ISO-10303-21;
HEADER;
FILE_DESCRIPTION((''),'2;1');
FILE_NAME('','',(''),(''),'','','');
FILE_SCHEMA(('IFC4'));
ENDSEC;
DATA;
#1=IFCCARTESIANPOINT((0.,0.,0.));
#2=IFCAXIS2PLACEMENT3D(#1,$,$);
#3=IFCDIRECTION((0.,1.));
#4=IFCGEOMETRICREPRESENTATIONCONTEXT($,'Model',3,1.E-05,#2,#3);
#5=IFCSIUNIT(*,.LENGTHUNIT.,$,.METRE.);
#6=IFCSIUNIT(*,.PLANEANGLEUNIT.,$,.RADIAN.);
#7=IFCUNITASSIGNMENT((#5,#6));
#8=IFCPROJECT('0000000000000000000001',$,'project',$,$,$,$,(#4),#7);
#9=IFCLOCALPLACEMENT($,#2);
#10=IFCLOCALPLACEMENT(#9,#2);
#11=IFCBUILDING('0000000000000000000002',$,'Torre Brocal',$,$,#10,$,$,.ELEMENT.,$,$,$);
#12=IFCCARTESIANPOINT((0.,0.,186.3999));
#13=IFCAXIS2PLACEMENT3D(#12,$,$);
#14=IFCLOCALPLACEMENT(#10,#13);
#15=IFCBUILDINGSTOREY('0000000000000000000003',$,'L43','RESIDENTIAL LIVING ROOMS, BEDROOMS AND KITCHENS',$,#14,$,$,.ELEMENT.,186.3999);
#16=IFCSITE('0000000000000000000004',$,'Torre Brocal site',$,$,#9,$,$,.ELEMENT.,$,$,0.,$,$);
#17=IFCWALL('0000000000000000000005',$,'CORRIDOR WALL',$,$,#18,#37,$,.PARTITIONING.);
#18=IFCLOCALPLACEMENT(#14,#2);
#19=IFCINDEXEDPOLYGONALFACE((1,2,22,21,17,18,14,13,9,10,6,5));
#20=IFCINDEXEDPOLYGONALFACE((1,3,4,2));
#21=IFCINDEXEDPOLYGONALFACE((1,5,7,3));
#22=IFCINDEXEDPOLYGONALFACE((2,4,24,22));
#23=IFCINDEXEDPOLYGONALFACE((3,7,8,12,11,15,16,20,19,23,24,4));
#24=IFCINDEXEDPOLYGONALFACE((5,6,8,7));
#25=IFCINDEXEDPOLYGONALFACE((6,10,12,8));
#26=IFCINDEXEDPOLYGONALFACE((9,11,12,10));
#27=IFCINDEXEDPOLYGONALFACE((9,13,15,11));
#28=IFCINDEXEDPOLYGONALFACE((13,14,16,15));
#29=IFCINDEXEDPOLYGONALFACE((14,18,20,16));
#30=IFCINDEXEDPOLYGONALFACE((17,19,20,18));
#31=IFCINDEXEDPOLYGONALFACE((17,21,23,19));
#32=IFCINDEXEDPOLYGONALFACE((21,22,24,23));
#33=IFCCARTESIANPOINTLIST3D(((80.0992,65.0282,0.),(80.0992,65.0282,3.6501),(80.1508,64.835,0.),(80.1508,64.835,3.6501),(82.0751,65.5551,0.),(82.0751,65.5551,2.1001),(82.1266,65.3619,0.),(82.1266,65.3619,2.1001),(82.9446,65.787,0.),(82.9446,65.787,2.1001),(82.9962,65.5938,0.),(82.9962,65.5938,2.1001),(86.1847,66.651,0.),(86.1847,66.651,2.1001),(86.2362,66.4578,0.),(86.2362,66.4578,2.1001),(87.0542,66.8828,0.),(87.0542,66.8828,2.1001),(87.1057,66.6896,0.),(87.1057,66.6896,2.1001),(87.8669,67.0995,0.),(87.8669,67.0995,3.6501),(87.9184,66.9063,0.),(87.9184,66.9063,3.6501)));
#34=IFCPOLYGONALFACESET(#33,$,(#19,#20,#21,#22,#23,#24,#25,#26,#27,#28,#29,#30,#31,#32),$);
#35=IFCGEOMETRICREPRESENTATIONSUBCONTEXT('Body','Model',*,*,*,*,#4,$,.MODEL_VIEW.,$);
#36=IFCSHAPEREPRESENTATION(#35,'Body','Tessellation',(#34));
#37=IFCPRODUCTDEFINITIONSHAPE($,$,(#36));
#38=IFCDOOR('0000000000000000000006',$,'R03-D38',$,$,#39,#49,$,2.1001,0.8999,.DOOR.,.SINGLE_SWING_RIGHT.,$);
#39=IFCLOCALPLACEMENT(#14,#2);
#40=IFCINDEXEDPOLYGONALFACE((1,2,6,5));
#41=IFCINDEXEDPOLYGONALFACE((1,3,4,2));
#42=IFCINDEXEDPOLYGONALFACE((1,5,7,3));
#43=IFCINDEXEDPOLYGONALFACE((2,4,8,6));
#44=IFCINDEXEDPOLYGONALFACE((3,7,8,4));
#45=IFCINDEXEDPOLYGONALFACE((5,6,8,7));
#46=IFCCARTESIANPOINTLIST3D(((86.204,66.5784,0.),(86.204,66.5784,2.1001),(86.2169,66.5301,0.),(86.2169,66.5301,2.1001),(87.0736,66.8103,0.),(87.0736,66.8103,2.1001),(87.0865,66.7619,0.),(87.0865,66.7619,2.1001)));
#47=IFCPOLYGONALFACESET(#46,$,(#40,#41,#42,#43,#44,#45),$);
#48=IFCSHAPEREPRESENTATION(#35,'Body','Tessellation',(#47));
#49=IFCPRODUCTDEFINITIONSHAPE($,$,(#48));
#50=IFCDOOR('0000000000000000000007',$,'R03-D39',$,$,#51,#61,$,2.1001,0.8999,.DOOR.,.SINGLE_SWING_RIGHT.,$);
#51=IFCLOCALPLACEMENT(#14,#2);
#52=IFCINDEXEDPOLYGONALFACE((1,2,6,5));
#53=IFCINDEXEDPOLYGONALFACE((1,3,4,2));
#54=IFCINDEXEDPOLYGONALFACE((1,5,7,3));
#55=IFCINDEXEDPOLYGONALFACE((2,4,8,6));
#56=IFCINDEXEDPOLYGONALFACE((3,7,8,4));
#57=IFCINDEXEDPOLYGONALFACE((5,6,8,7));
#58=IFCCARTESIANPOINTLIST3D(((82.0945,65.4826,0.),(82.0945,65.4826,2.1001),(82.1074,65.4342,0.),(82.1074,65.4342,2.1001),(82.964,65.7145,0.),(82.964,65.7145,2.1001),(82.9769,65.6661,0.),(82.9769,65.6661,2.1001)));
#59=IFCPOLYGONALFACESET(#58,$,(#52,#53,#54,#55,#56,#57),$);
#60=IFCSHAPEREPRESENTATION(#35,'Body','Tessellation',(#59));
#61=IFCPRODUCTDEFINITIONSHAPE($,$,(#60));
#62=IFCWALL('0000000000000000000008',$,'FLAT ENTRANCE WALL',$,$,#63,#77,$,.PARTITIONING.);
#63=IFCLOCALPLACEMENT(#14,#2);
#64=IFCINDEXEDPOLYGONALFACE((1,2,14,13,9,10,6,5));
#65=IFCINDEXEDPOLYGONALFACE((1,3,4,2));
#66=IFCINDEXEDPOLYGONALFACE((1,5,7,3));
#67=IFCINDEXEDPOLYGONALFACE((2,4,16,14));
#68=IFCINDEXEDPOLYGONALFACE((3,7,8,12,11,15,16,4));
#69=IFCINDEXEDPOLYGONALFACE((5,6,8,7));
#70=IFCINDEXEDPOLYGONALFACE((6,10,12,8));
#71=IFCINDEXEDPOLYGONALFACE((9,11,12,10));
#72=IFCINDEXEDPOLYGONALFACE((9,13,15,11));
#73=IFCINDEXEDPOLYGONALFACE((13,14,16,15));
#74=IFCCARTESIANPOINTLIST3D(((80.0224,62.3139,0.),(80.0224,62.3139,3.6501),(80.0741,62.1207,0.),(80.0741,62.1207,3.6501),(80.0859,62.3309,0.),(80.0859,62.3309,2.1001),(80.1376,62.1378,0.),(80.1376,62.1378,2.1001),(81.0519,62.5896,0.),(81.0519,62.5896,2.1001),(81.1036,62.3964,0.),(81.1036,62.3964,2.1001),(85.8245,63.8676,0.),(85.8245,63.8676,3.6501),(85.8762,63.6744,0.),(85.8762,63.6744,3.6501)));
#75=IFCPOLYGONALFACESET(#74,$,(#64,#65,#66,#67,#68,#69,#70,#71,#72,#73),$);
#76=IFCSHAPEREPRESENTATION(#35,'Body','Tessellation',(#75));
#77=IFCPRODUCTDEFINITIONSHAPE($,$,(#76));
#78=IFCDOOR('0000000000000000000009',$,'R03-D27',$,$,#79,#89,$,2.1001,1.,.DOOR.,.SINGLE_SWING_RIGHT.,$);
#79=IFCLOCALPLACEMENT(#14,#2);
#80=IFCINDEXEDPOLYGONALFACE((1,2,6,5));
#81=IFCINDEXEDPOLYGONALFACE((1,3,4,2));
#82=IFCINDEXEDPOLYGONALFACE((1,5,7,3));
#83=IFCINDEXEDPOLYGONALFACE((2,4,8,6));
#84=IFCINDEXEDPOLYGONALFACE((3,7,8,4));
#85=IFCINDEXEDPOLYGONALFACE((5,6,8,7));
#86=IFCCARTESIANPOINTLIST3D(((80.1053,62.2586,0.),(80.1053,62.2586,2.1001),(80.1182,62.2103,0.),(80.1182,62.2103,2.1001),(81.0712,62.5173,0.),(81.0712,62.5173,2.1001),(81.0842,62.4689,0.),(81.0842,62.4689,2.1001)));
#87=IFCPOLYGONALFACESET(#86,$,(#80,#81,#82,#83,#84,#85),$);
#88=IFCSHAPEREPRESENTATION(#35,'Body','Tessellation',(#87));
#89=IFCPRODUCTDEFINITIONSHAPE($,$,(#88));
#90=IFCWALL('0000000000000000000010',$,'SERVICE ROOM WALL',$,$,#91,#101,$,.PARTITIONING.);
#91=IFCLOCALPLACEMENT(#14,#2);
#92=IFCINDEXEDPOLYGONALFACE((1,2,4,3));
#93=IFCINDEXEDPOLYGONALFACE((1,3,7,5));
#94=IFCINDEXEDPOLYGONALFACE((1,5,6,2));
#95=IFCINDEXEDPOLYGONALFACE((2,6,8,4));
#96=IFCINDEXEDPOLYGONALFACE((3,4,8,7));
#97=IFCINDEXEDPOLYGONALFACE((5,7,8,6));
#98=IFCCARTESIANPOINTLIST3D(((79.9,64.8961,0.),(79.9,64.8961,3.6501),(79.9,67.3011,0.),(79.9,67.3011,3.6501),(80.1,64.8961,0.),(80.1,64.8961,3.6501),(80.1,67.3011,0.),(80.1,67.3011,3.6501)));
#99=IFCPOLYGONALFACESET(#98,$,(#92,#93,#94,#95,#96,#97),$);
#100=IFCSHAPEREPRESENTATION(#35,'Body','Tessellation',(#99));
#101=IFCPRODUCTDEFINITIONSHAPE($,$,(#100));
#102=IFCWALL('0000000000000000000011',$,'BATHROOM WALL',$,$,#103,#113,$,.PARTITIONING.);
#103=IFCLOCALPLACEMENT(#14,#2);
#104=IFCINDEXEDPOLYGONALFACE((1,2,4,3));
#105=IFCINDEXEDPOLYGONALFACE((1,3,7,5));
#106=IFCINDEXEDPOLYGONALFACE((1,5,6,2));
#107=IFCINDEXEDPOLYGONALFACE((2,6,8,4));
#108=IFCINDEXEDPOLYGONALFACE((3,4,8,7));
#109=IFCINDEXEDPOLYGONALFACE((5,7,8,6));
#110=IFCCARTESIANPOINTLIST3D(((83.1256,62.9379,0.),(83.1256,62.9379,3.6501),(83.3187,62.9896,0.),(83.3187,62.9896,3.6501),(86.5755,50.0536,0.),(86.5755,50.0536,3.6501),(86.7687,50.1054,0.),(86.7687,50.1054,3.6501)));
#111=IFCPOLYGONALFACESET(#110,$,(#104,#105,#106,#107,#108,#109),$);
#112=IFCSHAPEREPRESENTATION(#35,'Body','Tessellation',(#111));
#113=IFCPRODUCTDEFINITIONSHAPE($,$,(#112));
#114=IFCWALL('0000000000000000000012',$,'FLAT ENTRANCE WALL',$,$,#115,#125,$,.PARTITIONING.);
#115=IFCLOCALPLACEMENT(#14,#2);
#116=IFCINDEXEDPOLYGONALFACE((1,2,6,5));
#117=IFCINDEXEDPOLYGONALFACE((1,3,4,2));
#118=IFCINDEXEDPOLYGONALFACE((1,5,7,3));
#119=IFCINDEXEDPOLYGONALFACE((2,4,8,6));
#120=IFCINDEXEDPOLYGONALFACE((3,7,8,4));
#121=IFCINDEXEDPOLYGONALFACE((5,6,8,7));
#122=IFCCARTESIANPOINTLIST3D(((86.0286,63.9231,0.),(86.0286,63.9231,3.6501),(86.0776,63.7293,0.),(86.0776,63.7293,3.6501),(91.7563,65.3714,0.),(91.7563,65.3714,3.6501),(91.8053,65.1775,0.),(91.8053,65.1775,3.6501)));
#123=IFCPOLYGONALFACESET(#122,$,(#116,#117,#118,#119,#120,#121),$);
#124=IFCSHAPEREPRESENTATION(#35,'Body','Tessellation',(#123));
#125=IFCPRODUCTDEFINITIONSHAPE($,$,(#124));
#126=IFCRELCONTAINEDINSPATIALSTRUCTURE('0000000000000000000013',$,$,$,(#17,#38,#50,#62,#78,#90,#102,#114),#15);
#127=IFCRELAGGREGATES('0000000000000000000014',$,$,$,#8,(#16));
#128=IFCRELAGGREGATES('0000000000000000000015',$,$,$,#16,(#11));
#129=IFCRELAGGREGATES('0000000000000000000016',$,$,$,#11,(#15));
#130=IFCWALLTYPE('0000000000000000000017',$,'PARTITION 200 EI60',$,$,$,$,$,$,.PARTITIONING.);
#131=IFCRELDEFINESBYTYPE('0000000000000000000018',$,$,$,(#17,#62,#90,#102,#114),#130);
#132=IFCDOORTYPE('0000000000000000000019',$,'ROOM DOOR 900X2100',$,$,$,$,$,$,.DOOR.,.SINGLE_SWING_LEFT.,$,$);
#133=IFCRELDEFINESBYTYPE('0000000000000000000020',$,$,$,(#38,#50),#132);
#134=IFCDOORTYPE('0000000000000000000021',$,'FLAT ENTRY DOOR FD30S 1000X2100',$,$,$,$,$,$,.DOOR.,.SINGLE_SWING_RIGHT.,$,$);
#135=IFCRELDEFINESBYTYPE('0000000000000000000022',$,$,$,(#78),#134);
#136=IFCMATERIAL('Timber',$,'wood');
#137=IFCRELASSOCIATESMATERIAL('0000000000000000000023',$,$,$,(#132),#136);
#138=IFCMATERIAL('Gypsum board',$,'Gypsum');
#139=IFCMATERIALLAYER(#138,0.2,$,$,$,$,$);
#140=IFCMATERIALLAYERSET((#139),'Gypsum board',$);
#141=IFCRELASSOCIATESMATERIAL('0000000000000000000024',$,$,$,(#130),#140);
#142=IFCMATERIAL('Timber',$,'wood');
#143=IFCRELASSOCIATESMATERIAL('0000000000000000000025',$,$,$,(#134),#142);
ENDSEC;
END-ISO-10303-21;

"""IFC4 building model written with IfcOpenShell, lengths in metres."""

from ifc_helpers import new_model, si_unit, direction, frame, frame_2d, origin, place, context, subcontext, project, spatial, rectangle, extrude, material, layer, layer_set, type_object, element, fill, save


model = new_model("IFC4")

# Units and contexts
model_context = context("Model", 3, precision=1e-05, world=origin(), true_north=direction((0.0, 1.0)))
body_context = subcontext(model_context, "Body", "Model", "MODEL_VIEW")
ifc_project = project(units=[si_unit("LENGTHUNIT", "METRE"), si_unit("PLANEANGLEUNIT", "RADIAN")], contexts=[model_context])

# Site, building, storey
site_placement = place(None, origin())
site = spatial("IfcSite", under=ifc_project, at=site_placement, Name="Torre Brocal site", CompositionType="ELEMENT", RefElevation=0.0)
building_placement = place(site_placement, origin())
building = spatial("IfcBuilding", under=site, at=building_placement, Name="Torre Brocal", CompositionType="ELEMENT")
storey_placement = place(building_placement, frame((0.0, 0.0, 186.3999)))
storey = spatial("IfcBuildingStorey", under=building, at=storey_placement, Name="L43", Description="RESIDENTIAL LIVING ROOMS, BEDROOMS AND KITCHENS", CompositionType="ELEMENT", Elevation=186.3999)

# Shared definitions
ifc_material_1 = material(Name="Timber", Category="wood")
door_type_1 = type_object("IfcDoorType", Name="ROOM DOOR 900X2100", OperationType="SINGLE_SWING_LEFT", PredefinedType="DOOR", material=ifc_material_1)

# Wall, openings, doors
ifc_material_2 = material(Name="Gypsum board", Category="Gypsum")
ifc_layer_1 = layer(ifc_material_2, 0.2)
ifc_layer_set_1 = layer_set([ifc_layer_1], Name="Gypsum board")
wall_type_1 = type_object("IfcWallType", Name="PARTITION 200 EI60", PredefinedType="PARTITIONING", material=ifc_layer_set_1)
wall_1_placement = place(storey_placement, frame((80.125, 64.9316, 0.0), z_axis=(0.0, 0.0, 1.0), x_axis=(0.966237, 0.257655, 0.0)))
wall_1 = element("IfcWall", 1, at=wall_1_placement, inside=storey, type_object=wall_type_1, Name="CORRIDOR WALL", PredefinedType="PARTITIONING", context=body_context, shape_type="SweptSolid", body=[
    extrude(rectangle(XDim=8.0391, YDim=0.2, at=frame_2d((4.0195, 0.0))), origin(), (0.0, 0.0, 1.0), 3.6501),
])
opening_1_placement = place(wall_1_placement, frame((6.2981, 0.0, 0.0)))
opening_1 = element("IfcOpeningElement", 2, at=opening_1_placement, cuts=wall_1, PredefinedType="OPENING", context=body_context, shape_type="SweptSolid", body=[
    extrude(rectangle(XDim=0.8999, YDim=2.1001, at=frame_2d((0.45, 1.05))), frame((0.0, 0.1099, 0.0), z_axis=(0.0, -1.0, 0.0), x_axis=(1.0, 0.0, 0.0)), (0.0, 0.0, 1.0), 0.22),
])
opening_2_placement = place(wall_1_placement, frame((2.0449, 0.0, 0.0)))
opening_2 = element("IfcOpeningElement", 3, at=opening_2_placement, cuts=wall_1, PredefinedType="OPENING", context=body_context, shape_type="SweptSolid", body=[
    extrude(rectangle(XDim=0.8999, YDim=2.1001, at=frame_2d((0.45, 1.05))), frame((0.0, 0.1099, 0.0), z_axis=(0.0, -1.0, 0.0), x_axis=(1.0, 0.0, 0.0)), (0.0, 0.0, 1.0), 0.22),
])
door_1_placement = place(opening_1_placement, origin())
door_1 = element("IfcDoor", 4, at=door_1_placement, inside=storey, type_object=door_type_1, Name="R03-D38", OperationType="SINGLE_SWING_RIGHT", OverallHeight=2.1001, OverallWidth=0.8999, PredefinedType="DOOR", context=body_context, shape_type="SweptSolid", body=[
    extrude(rectangle(XDim=0.8999, YDim=2.1001, at=frame_2d((0.45, 1.05))), frame((0.0, 0.0249, 0.0), z_axis=(0.0, -1.0, 0.0), x_axis=(1.0, 0.0, 0.0)), (0.0, 0.0, 1.0), 0.05),
])
fill(opening_1, door_1)
door_2_placement = place(opening_2_placement, origin())
door_2 = element("IfcDoor", 5, at=door_2_placement, inside=storey, type_object=door_type_1, Name="R03-D39", OperationType="SINGLE_SWING_RIGHT", OverallHeight=2.1001, OverallWidth=0.8999, PredefinedType="DOOR", context=body_context, shape_type="SweptSolid", body=[
    extrude(rectangle(XDim=0.8999, YDim=2.1001, at=frame_2d((0.45, 1.05))), frame((0.0, 0.0249, 0.0), z_axis=(0.0, -1.0, 0.0), x_axis=(1.0, 0.0, 0.0)), (0.0, 0.0, 1.0), 0.05),
])
fill(opening_2, door_2)

# Wall, opening, door
wall_2_placement = place(storey_placement, frame((80.0481, 62.2173, 0.0), z_axis=(0.0, 0.0, 1.0), x_axis=(0.965967, 0.258664, 0.0)))
wall_2 = element("IfcWall", 6, at=wall_2_placement, inside=storey, type_object=wall_type_1, Name="FLAT ENTRANCE WALL", PredefinedType="PARTITIONING", context=body_context, shape_type="SweptSolid", body=[
    extrude(rectangle(XDim=6.0066, YDim=0.2, at=frame_2d((3.0034, 0.0))), origin(), (0.0, 0.0, 1.0), 3.6501),
])
opening_3_placement = place(wall_2_placement, frame((0.0659, 0.0, 0.0)))
opening_3 = element("IfcOpeningElement", 7, at=opening_3_placement, cuts=wall_2, PredefinedType="OPENING", context=body_context, shape_type="SweptSolid", body=[
    extrude(rectangle(XDim=1.0, YDim=2.1001, at=frame_2d((0.5, 1.05))), frame((0.0, 0.1099, 0.0), z_axis=(0.0, -1.0, 0.0), x_axis=(1.0, 0.0, 0.0)), (0.0, 0.0, 1.0), 0.22),
])
ifc_material_3 = material(Name="Timber", Category="wood")
door_type_2 = type_object("IfcDoorType", Name="FLAT ENTRY DOOR FD30S 1000X2100", OperationType="SINGLE_SWING_RIGHT", PredefinedType="DOOR", material=ifc_material_3)
door_3_placement = place(opening_3_placement, frame((1.0, 0.0, 0.0), z_axis=(0.0, 0.0, 1.0), x_axis=(-1.0, 0.0, 0.0)))
door_3 = element("IfcDoor", 8, at=door_3_placement, inside=storey, type_object=door_type_2, Name="R03-D27", OperationType="SINGLE_SWING_RIGHT", OverallHeight=2.1001, OverallWidth=1.0, PredefinedType="DOOR", context=body_context, shape_type="SweptSolid", body=[
    extrude(rectangle(XDim=1.0, YDim=2.1001, at=frame_2d((0.5, 1.05))), frame((0.0, 0.0249, 0.0), z_axis=(0.0, -1.0, 0.0), x_axis=(1.0, 0.0, 0.0)), (0.0, 0.0, 1.0), 0.05),
])
fill(opening_3, door_3)

# Walls
wall_3_placement = place(storey_placement, frame((80.0, 64.896, 0.0), z_axis=(0.0, 0.0, 1.0), x_axis=(0.0, 1.0, 0.0)))
element("IfcWall", 9, at=wall_3_placement, inside=storey, type_object=wall_type_1, Name="SERVICE ROOM WALL", PredefinedType="PARTITIONING", context=body_context, shape_type="SweptSolid", body=[
    extrude(rectangle(XDim=2.405, YDim=0.2, at=frame_2d((1.2026, 0.0))), origin(), (0.0, 0.0, 1.0), 3.6501),
])
wall_4_placement = place(storey_placement, frame((83.2222, 62.9636, 0.0), z_axis=(0.0, 0.0, 1.0), x_axis=(0.258653, -0.96597, 0.0)))
element("IfcWall", 10, at=wall_4_placement, inside=storey, type_object=wall_type_1, Name="BATHROOM WALL", PredefinedType="PARTITIONING", context=body_context, shape_type="SweptSolid", body=[
    extrude(rectangle(XDim=13.3381, YDim=0.2, at=frame_2d((6.6689, 0.0))), origin(), (0.0, 0.0, 1.0), 3.6501),
])
wall_5_placement = place(storey_placement, frame((86.053, 63.8262, 0.0), z_axis=(0.0, 0.0, 1.0), x_axis=(0.96949, 0.245131, 0.0)))
element("IfcWall", 11, at=wall_5_placement, inside=storey, type_object=wall_type_1, Name="FLAT ENTRANCE WALL", PredefinedType="PARTITIONING", context=body_context, shape_type="SweptSolid", body=[
    extrude(rectangle(XDim=5.908, YDim=0.2, at=frame_2d((2.9541, 0.0))), origin(), (0.0, 0.0, 1.0), 3.6501),
])

save(model, "model.ifc")
